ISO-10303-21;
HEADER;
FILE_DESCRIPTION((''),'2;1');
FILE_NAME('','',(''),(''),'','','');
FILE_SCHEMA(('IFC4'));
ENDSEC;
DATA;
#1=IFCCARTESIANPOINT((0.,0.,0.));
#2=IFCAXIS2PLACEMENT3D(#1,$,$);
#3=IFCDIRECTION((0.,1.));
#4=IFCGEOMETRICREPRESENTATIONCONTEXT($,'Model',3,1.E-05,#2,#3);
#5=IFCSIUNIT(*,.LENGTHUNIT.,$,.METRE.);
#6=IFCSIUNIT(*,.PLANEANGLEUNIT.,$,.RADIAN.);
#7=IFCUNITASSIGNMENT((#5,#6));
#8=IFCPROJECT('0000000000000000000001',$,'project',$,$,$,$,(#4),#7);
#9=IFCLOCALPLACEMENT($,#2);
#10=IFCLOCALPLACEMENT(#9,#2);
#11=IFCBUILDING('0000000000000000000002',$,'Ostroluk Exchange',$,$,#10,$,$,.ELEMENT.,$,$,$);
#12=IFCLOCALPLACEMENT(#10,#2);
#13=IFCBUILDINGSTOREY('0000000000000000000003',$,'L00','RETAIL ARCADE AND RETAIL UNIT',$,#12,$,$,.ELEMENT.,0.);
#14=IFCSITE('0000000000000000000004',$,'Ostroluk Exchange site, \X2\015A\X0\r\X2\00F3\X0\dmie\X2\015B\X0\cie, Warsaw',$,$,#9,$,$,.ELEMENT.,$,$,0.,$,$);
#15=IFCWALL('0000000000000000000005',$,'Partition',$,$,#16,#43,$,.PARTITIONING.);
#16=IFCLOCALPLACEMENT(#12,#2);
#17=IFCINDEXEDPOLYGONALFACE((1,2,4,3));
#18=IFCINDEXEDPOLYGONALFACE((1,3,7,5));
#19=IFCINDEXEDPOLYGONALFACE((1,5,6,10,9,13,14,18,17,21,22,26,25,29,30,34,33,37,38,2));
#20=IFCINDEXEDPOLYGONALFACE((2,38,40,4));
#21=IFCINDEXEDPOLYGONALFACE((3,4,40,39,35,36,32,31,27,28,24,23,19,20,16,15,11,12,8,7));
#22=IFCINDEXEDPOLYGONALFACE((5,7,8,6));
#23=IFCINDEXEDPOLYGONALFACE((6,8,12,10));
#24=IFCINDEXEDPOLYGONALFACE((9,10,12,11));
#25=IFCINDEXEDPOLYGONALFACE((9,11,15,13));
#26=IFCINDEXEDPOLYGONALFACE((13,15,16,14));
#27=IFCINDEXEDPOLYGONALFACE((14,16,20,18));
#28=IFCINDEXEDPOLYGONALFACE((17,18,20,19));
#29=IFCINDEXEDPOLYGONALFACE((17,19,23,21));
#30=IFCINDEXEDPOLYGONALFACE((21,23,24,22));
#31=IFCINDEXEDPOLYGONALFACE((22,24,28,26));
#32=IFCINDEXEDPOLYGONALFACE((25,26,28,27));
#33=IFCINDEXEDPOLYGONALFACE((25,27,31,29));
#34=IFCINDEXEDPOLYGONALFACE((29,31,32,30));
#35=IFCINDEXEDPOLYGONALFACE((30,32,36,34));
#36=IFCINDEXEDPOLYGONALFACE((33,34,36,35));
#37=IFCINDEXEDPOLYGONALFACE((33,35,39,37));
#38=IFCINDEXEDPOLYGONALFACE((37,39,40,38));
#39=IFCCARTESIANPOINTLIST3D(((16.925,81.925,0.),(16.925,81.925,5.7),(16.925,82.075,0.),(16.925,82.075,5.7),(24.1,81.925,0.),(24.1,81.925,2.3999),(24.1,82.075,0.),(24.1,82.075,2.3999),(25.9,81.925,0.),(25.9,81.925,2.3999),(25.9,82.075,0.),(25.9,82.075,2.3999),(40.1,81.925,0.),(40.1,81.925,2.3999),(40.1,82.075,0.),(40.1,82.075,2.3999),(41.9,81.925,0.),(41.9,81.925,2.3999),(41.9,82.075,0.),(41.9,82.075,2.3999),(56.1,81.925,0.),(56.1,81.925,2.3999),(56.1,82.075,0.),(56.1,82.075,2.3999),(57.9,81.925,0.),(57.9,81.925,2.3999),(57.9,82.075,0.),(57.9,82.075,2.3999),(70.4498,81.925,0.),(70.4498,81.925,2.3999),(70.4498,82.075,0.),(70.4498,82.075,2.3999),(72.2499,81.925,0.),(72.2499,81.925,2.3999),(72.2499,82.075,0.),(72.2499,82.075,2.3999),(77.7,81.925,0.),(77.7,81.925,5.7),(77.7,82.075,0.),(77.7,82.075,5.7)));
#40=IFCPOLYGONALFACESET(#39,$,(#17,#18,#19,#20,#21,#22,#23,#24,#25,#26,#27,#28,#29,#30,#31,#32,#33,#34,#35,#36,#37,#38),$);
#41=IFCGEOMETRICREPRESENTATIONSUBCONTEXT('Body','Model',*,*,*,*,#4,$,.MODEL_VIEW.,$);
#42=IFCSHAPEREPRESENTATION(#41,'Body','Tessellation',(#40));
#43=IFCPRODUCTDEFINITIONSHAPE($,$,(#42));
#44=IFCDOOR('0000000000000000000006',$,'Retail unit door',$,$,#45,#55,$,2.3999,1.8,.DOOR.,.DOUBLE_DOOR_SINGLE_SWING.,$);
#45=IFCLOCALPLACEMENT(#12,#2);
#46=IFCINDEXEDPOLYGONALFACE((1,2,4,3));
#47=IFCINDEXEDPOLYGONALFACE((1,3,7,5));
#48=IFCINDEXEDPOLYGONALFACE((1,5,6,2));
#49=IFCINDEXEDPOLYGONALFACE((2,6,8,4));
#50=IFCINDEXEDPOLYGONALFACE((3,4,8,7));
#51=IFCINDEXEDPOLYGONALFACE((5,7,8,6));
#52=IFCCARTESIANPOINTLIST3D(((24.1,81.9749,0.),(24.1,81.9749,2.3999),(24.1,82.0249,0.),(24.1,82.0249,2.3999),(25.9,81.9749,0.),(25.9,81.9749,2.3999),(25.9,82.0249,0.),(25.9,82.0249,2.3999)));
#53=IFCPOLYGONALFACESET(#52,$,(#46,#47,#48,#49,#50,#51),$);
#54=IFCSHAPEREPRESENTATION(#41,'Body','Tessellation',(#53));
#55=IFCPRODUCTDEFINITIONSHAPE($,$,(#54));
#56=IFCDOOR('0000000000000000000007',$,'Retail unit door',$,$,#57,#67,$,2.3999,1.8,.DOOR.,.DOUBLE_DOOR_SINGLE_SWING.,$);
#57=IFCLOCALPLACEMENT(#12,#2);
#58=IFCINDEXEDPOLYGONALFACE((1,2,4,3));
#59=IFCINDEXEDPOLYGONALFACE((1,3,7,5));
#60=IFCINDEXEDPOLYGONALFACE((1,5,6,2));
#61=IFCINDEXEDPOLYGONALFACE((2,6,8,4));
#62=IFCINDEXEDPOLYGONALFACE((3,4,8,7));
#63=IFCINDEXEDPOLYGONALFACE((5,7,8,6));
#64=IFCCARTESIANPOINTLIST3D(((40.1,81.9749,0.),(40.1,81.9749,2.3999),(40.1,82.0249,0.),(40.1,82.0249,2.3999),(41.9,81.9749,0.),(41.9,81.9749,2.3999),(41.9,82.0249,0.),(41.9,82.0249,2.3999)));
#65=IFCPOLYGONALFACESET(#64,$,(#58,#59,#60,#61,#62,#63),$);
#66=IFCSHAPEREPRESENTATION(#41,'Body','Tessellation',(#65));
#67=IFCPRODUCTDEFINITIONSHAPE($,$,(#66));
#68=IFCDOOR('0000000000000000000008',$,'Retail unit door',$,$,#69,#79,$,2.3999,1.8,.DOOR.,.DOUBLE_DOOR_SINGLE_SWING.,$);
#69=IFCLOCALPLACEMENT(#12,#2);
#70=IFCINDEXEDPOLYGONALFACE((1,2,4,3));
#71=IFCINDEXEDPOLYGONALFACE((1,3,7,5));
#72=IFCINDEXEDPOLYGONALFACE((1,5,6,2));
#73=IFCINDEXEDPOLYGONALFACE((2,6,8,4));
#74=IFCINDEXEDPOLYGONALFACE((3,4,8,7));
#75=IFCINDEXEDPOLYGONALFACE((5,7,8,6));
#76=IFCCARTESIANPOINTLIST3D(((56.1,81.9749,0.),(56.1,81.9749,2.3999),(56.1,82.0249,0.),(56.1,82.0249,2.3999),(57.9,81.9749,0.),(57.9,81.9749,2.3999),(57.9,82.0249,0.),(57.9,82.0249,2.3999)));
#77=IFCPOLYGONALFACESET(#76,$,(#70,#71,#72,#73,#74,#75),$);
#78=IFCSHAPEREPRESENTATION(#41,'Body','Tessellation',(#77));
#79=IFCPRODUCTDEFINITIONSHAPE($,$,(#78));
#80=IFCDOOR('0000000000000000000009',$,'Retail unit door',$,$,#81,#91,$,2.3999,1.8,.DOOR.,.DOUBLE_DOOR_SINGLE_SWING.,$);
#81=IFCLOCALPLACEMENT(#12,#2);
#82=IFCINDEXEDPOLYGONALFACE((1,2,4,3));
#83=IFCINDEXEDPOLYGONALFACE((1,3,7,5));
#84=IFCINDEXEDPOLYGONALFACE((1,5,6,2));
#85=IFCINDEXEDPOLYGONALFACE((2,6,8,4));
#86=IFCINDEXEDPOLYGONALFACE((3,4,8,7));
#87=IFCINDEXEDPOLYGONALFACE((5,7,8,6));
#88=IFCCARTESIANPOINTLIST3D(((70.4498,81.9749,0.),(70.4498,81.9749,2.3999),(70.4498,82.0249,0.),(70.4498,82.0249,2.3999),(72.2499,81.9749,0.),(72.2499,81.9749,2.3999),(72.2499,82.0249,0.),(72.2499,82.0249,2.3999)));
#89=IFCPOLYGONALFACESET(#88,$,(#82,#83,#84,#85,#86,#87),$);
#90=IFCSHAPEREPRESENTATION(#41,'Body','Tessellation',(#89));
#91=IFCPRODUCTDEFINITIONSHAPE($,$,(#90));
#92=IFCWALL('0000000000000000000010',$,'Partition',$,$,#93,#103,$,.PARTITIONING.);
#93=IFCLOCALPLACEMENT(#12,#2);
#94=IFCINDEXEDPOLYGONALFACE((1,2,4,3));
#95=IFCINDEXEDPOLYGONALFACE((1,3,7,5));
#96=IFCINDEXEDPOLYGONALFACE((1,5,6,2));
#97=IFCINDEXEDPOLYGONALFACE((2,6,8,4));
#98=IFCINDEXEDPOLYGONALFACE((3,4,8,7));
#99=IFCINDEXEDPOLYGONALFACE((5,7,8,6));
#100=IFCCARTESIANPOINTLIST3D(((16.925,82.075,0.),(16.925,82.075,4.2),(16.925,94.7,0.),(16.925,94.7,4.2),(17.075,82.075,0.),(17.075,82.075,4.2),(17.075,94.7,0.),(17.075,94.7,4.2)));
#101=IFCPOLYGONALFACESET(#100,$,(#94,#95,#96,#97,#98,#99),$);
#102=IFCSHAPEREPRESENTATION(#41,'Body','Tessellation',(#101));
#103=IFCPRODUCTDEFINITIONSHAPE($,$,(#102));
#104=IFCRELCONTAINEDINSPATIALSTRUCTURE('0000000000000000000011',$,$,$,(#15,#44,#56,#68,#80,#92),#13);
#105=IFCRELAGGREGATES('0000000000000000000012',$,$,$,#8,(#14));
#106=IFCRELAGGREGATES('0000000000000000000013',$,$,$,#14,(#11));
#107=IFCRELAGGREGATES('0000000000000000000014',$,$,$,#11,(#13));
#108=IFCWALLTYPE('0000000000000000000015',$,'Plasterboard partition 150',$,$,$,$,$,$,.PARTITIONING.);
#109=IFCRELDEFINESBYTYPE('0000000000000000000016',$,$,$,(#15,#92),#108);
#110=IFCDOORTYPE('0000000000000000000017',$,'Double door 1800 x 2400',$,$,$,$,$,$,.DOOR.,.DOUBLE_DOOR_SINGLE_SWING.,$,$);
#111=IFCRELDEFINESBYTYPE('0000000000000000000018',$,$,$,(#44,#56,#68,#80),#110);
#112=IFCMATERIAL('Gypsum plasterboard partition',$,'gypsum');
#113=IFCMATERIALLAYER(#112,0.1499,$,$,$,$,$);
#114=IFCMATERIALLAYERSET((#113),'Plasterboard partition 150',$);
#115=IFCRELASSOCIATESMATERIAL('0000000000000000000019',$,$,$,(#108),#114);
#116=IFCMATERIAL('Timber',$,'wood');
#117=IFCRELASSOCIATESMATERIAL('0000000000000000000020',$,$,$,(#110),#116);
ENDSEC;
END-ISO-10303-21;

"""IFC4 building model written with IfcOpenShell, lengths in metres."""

from ifc_helpers import new_model, si_unit, direction, frame, frame_2d, origin, place, context, subcontext, project, spatial, rectangle, extrude, material, layer, layer_set, type_object, element, fill, save


model = new_model("IFC4")

# Units and contexts
model_context = context("Model", 3, precision=1e-05, world=origin(), true_north=direction((0.0, 1.0)))
body_context = subcontext(model_context, "Body", "Model", "MODEL_VIEW")
ifc_project = project(units=[si_unit("LENGTHUNIT", "METRE"), si_unit("PLANEANGLEUNIT", "RADIAN")], contexts=[model_context])

# Site, building, storey
site_placement = place(None, origin())
site = spatial("IfcSite", under=ifc_project, at=site_placement, Name="Ostroluk Exchange site, Śródmieście, Warsaw", CompositionType="ELEMENT", RefElevation=0.0)
building_placement = place(site_placement, origin())
building = spatial("IfcBuilding", under=site, at=building_placement, Name="Ostroluk Exchange", CompositionType="ELEMENT")
storey_placement = place(building_placement, origin())
storey = spatial("IfcBuildingStorey", under=building, at=storey_placement, Name="L00", Description="RETAIL ARCADE AND RETAIL UNIT", CompositionType="ELEMENT", Elevation=0.0)

# Wall, openings, doors
ifc_material_1 = material(Name="Gypsum plasterboard partition", Category="gypsum")
ifc_layer = layer(ifc_material_1, 0.1499)
ifc_layer_set = layer_set([ifc_layer], Name="Plasterboard partition 150")
wall_type = type_object("IfcWallType", Name="Plasterboard partition 150", PredefinedType="PARTITIONING", material=ifc_layer_set)
wall_1_placement = place(storey_placement, frame((16.925, 82.0, 0.0), z_axis=(0.0, 0.0, 1.0), x_axis=(1.0, 0.0, 0.0)))
wall_1 = element("IfcWall", 1, at=wall_1_placement, inside=storey, type_object=wall_type, Name="Partition", PredefinedType="PARTITIONING", context=body_context, shape_type="SweptSolid", body=[
    extrude(rectangle(XDim=60.7749, YDim=0.1499, at=frame_2d((30.3875, 0.0))), origin(), (0.0, 0.0, 1.0), 5.7),
])
opening_1_placement = place(wall_1_placement, frame((7.175, 0.0, 0.0)))
opening_1 = element("IfcOpeningElement", 2, at=opening_1_placement, cuts=wall_1, PredefinedType="OPENING", context=body_context, shape_type="SweptSolid", body=[
    extrude(rectangle(XDim=1.8, YDim=2.3999, at=frame_2d((0.8999, 1.2))), frame((0.0, 0.085, 0.0), z_axis=(0.0, -1.0, 0.0), x_axis=(1.0, 0.0, 0.0)), (0.0, 0.0, 1.0), 0.1699),
])
opening_2_placement = place(wall_1_placement, frame((23.175, 0.0, 0.0)))
opening_2 = element("IfcOpeningElement", 3, at=opening_2_placement, cuts=wall_1, PredefinedType="OPENING", context=body_context, shape_type="SweptSolid", body=[
    extrude(rectangle(XDim=1.8, YDim=2.3999, at=frame_2d((0.8999, 1.2))), frame((0.0, 0.085, 0.0), z_axis=(0.0, -1.0, 0.0), x_axis=(1.0, 0.0, 0.0)), (0.0, 0.0, 1.0), 0.1699),
])
opening_3_placement = place(wall_1_placement, frame((39.175, 0.0, 0.0)))
opening_3 = element("IfcOpeningElement", 4, at=opening_3_placement, cuts=wall_1, PredefinedType="OPENING", context=body_context, shape_type="SweptSolid", body=[
    extrude(rectangle(XDim=1.8, YDim=2.3999, at=frame_2d((0.8999, 1.2))), frame((0.0, 0.085, 0.0), z_axis=(0.0, -1.0, 0.0), x_axis=(1.0, 0.0, 0.0)), (0.0, 0.0, 1.0), 0.1699),
])
opening_4_placement = place(wall_1_placement, frame((53.5249, 0.0, 0.0)))
opening_4 = element("IfcOpeningElement", 5, at=opening_4_placement, cuts=wall_1, PredefinedType="OPENING", context=body_context, shape_type="SweptSolid", body=[
    extrude(rectangle(XDim=1.8, YDim=2.3999, at=frame_2d((0.8999, 1.2))), frame((0.0, 0.085, 0.0), z_axis=(0.0, -1.0, 0.0), x_axis=(1.0, 0.0, 0.0)), (0.0, 0.0, 1.0), 0.1699),
])
ifc_material_2 = material(Name="Timber", Category="wood")
door_type_1 = type_object("IfcDoorType", Name="Double door 1800 x 2400", OperationType="DOUBLE_DOOR_SINGLE_SWING", PredefinedType="DOOR", material=ifc_material_2)
door_1_placement = place(opening_1_placement, origin())
door_1 = element("IfcDoor", 6, at=door_1_placement, inside=storey, type_object=door_type_1, Name="Retail unit door", OperationType="DOUBLE_DOOR_SINGLE_SWING", OverallHeight=2.3999, OverallWidth=1.8, PredefinedType="DOOR", context=body_context, shape_type="SweptSolid", body=[
    extrude(rectangle(XDim=1.8, YDim=2.3999, at=frame_2d((0.8999, 1.2))), frame((0.0, 0.0249, 0.0), z_axis=(0.0, -1.0, 0.0), x_axis=(1.0, 0.0, 0.0)), (0.0, 0.0, 1.0), 0.05),
])
fill(opening_1, door_1)
door_2_placement = place(opening_2_placement, origin())
door_2 = element("IfcDoor", 7, at=door_2_placement, inside=storey, type_object=door_type_1, Name="Retail unit door", OperationType="DOUBLE_DOOR_SINGLE_SWING", OverallHeight=2.3999, OverallWidth=1.8, PredefinedType="DOOR", context=body_context, shape_type="SweptSolid", body=[
    extrude(rectangle(XDim=1.8, YDim=2.3999, at=frame_2d((0.8999, 1.2))), frame((0.0, 0.0249, 0.0), z_axis=(0.0, -1.0, 0.0), x_axis=(1.0, 0.0, 0.0)), (0.0, 0.0, 1.0), 0.05),
])
fill(opening_2, door_2)
door_3_placement = place(opening_3_placement, origin())
door_3 = element("IfcDoor", 8, at=door_3_placement, inside=storey, type_object=door_type_1, Name="Retail unit door", OperationType="DOUBLE_DOOR_SINGLE_SWING", OverallHeight=2.3999, OverallWidth=1.8, PredefinedType="DOOR", context=body_context, shape_type="SweptSolid", body=[
    extrude(rectangle(XDim=1.8, YDim=2.3999, at=frame_2d((0.8999, 1.2))), frame((0.0, 0.0249, 0.0), z_axis=(0.0, -1.0, 0.0), x_axis=(1.0, 0.0, 0.0)), (0.0, 0.0, 1.0), 0.05),
])
fill(opening_3, door_3)
door_4_placement = place(opening_4_placement, origin())
door_4 = element("IfcDoor", 9, at=door_4_placement, inside=storey, type_object=door_type_1, Name="Retail unit door", OperationType="DOUBLE_DOOR_SINGLE_SWING", OverallHeight=2.3999, OverallWidth=1.8, PredefinedType="DOOR", context=body_context, shape_type="SweptSolid", body=[
    extrude(rectangle(XDim=1.8, YDim=2.3999, at=frame_2d((0.8999, 1.2))), frame((0.0, 0.0249, 0.0), z_axis=(0.0, -1.0, 0.0), x_axis=(1.0, 0.0, 0.0)), (0.0, 0.0, 1.0), 0.05),
])
fill(opening_4, door_4)

# Wall
wall_2_placement = place(storey_placement, frame((17.0, 82.075, 0.0), z_axis=(0.0, 0.0, 1.0), x_axis=(0.0, 1.0, 0.0)))
element("IfcWall", 10, at=wall_2_placement, inside=storey, type_object=wall_type, Name="Partition", PredefinedType="PARTITIONING", context=body_context, shape_type="SweptSolid", body=[
    extrude(rectangle(XDim=12.625, YDim=0.1499, at=frame_2d((6.3125, 0.0))), origin(), (0.0, 0.0, 1.0), 4.2),
])

save(model, "model.ifc")
